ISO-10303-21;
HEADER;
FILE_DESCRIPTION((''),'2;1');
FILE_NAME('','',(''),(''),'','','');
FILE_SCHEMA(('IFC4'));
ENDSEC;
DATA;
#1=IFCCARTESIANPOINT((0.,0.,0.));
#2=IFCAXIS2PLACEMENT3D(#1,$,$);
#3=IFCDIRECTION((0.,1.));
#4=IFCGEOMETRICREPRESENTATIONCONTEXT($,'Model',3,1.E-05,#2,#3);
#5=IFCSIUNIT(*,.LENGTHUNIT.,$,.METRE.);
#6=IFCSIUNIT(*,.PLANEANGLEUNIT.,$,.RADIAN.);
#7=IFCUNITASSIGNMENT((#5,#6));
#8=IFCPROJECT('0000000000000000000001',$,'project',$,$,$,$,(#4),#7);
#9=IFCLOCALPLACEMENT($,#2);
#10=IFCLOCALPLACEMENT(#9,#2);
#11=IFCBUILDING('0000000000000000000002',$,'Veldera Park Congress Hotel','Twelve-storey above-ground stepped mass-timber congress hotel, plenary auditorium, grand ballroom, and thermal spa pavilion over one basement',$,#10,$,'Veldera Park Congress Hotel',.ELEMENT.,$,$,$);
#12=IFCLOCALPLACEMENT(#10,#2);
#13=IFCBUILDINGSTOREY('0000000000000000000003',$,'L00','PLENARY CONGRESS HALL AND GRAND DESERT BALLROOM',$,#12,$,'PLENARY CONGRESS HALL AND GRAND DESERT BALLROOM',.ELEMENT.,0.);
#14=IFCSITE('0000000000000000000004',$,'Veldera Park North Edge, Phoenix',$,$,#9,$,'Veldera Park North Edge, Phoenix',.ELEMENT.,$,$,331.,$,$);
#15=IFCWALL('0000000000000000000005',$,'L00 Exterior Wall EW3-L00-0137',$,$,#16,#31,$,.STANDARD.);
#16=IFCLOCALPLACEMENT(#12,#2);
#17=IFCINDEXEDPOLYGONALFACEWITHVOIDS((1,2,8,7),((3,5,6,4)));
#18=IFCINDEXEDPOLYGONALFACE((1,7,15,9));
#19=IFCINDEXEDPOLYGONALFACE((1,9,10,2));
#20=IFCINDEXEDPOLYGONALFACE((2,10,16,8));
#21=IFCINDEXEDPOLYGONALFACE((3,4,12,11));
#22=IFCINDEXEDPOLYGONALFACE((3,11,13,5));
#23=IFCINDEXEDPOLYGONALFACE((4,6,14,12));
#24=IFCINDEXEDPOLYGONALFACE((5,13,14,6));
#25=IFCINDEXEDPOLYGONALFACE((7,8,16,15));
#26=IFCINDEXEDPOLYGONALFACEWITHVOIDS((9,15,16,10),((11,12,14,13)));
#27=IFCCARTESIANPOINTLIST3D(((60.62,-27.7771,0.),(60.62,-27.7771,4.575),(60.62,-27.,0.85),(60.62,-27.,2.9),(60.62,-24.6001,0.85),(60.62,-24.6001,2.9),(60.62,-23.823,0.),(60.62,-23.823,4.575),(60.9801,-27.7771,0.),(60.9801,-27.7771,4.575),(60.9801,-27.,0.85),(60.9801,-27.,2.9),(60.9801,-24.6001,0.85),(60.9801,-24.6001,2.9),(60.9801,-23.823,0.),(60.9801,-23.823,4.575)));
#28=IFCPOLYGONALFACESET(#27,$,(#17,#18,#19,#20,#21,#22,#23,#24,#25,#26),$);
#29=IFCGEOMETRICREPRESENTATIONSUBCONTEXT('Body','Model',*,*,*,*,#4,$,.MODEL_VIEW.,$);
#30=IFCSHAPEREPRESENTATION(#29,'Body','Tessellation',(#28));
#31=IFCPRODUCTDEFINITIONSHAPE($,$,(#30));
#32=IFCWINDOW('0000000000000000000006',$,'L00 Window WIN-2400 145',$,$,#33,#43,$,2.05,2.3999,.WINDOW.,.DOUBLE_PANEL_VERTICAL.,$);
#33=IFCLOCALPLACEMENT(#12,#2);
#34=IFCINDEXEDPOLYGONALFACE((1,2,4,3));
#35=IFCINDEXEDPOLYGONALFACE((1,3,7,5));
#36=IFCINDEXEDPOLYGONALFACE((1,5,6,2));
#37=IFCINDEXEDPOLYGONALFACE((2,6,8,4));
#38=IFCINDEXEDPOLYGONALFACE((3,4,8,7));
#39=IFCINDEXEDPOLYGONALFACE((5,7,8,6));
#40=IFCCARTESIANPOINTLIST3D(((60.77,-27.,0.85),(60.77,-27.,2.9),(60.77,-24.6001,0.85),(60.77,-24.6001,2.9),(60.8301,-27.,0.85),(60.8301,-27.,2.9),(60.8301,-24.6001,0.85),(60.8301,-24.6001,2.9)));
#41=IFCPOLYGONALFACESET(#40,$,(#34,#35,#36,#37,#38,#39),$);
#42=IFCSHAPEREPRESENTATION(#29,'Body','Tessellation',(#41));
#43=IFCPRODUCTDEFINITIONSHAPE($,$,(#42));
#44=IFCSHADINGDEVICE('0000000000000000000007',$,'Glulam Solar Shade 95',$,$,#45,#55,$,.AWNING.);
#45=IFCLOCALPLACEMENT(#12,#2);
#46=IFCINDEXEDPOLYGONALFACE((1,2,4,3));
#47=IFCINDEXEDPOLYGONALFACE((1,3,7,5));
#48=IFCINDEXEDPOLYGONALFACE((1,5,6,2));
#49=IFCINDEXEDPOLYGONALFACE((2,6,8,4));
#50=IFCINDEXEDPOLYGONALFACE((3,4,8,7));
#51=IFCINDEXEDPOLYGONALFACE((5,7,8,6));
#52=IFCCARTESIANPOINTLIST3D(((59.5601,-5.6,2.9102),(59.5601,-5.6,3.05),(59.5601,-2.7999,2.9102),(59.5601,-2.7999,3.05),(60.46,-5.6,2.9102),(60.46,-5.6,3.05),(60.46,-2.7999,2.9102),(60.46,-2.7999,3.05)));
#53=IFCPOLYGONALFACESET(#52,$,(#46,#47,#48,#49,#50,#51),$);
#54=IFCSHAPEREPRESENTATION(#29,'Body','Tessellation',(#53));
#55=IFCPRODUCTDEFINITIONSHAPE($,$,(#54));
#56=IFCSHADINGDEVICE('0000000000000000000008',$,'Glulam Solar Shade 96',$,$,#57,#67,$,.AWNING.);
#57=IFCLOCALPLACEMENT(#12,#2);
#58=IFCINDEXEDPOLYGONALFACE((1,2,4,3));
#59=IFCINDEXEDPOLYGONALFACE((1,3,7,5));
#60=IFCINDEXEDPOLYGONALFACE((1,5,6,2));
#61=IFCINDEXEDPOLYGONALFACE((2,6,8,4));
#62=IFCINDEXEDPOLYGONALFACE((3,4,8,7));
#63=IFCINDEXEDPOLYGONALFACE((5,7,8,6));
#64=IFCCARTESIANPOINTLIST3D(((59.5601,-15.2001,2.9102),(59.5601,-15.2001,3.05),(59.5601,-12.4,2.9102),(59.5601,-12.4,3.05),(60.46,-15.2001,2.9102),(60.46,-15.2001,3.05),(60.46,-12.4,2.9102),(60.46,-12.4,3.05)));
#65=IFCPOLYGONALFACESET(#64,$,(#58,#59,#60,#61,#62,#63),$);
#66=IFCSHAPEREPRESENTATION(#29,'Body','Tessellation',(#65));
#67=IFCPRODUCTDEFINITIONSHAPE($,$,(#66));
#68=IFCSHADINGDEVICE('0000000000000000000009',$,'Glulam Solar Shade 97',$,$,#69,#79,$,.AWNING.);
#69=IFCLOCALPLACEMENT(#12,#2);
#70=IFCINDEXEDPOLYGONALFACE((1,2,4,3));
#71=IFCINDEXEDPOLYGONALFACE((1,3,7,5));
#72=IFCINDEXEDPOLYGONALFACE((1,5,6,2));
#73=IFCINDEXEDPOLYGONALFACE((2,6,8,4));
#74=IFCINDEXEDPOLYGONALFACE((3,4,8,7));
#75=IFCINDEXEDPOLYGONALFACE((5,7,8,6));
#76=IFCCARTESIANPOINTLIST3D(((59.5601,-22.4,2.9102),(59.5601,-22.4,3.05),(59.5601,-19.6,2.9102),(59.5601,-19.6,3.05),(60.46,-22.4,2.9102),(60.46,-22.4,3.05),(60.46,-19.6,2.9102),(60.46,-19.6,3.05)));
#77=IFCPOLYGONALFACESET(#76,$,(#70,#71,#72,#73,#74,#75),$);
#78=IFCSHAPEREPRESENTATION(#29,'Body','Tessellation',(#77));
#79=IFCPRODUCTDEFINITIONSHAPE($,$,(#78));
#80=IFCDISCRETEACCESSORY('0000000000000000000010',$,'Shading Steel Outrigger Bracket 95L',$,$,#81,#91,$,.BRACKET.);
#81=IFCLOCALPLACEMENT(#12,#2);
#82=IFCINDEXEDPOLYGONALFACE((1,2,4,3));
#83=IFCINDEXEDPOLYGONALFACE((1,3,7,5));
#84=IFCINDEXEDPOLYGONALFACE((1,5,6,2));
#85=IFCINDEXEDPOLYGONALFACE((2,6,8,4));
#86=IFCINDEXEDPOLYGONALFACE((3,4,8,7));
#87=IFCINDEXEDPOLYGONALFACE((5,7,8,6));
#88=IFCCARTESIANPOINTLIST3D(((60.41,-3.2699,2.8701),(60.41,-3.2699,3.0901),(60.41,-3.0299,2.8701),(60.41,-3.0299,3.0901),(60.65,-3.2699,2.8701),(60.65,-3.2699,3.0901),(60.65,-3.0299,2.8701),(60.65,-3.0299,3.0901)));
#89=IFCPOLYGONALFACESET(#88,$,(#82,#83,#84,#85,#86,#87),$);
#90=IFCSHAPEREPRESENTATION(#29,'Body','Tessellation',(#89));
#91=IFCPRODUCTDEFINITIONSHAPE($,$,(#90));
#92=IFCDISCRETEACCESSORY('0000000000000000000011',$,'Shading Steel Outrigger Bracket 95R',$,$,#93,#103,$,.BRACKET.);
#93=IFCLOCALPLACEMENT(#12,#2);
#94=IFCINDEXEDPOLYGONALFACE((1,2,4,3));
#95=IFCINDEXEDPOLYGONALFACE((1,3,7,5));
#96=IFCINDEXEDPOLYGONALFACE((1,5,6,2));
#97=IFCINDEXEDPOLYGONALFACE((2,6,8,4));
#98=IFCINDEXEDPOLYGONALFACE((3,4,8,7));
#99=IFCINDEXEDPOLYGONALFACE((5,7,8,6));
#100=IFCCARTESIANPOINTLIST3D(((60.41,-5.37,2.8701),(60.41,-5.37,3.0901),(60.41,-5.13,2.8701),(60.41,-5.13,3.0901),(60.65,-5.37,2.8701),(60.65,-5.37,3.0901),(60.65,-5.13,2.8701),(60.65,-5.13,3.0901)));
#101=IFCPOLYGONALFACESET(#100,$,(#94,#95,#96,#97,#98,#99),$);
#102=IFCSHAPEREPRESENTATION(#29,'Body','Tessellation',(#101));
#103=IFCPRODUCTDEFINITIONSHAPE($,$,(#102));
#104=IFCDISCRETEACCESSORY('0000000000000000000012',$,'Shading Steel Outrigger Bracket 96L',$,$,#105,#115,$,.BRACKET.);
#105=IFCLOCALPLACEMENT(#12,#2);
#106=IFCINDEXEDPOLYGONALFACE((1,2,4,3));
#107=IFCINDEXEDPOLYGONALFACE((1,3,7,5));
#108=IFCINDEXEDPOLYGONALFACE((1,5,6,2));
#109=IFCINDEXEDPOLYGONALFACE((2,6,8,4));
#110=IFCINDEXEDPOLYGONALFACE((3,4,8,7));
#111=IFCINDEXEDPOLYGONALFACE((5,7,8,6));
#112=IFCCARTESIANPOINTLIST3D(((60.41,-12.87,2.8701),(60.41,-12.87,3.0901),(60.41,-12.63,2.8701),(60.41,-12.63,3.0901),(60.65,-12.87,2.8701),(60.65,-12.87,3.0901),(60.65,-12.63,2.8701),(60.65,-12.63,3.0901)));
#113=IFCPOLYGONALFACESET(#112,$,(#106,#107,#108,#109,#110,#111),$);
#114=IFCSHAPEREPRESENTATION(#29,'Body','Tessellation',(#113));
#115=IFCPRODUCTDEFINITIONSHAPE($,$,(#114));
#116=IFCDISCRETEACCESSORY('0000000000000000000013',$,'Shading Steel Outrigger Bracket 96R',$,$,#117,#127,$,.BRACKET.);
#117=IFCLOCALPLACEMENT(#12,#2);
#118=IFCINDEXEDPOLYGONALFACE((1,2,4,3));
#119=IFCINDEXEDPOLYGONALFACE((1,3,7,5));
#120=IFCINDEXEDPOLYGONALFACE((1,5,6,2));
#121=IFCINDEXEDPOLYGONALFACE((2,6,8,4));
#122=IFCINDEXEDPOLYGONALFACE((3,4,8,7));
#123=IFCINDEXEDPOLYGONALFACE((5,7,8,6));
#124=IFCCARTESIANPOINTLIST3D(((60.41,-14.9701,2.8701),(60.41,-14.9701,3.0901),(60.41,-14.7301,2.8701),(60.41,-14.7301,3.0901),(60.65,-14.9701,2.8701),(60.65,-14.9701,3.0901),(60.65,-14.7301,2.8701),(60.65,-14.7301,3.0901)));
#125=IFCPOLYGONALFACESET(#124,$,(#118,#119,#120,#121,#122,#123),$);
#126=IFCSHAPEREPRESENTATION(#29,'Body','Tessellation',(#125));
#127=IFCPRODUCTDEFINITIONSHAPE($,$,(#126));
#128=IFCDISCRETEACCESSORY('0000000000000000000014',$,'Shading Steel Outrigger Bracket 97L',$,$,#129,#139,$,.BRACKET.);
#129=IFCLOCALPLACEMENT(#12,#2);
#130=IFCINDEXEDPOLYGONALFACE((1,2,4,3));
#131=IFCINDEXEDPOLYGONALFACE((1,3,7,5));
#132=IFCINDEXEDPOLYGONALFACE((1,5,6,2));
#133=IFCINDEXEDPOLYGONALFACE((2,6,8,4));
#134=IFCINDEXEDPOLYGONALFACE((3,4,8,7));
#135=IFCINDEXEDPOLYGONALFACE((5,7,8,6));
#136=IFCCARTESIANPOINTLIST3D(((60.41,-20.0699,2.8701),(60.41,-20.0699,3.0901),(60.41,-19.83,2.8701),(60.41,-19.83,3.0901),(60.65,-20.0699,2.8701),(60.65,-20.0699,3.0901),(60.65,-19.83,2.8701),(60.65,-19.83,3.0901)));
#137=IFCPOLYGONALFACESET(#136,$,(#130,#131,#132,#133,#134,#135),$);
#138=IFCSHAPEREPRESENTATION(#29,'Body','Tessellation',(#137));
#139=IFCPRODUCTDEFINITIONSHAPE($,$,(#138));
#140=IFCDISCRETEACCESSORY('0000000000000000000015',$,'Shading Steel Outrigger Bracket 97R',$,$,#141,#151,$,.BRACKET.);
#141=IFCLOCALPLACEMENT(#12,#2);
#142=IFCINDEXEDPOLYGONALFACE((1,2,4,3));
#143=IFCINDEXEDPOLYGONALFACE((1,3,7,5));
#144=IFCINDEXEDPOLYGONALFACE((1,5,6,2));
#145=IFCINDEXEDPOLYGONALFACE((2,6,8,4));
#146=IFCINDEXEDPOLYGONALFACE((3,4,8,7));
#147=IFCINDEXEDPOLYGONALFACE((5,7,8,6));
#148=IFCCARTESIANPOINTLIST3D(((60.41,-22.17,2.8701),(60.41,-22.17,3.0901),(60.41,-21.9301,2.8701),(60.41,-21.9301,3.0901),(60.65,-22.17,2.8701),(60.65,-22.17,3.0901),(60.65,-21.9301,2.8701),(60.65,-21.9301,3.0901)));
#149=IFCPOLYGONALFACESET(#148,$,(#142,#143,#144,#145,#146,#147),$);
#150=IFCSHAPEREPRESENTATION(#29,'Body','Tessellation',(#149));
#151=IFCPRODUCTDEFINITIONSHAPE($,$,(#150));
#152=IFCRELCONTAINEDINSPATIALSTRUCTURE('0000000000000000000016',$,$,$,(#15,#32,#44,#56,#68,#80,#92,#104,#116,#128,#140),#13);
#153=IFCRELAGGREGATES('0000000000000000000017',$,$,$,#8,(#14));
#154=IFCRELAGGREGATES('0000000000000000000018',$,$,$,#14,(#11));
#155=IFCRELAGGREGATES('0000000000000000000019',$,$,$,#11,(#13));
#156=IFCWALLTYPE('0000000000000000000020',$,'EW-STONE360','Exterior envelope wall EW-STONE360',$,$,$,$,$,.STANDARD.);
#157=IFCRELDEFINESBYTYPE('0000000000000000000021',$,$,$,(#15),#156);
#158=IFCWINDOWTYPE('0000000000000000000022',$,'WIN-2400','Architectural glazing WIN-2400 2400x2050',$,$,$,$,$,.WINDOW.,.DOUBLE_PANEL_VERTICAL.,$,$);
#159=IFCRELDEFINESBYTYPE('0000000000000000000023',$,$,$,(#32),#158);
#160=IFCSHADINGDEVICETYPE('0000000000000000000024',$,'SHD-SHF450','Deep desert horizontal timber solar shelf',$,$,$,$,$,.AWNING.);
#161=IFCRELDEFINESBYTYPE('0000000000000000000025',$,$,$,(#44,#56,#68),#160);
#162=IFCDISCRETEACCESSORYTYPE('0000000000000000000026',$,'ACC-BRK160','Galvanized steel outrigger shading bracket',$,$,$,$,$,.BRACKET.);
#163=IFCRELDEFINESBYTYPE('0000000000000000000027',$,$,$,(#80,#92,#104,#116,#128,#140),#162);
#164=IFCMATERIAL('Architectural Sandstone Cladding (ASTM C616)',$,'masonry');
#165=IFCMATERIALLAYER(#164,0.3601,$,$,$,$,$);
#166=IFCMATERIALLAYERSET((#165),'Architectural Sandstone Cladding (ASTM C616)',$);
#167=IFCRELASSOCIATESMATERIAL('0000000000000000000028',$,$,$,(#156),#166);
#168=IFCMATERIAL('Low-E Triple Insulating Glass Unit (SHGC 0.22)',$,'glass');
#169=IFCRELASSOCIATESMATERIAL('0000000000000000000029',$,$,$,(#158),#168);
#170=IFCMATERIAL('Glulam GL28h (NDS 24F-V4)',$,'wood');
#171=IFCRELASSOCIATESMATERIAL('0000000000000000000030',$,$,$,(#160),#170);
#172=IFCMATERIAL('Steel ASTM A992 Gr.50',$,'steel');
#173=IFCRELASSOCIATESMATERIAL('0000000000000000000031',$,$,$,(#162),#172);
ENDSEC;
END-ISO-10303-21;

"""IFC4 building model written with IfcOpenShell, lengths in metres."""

from ifc_helpers import new_model, si_unit, direction, frame, frame_2d, origin, origin_2d, place, context, subcontext, project, spatial, rectangle, extrude, material, layer, layer_set, type_object, element, fill, save


model = new_model("IFC4")

# Units and contexts
model_context = context("Model", 3, precision=1e-05, world=origin(), true_north=direction((0.0, 1.0)))
body_context = subcontext(model_context, "Body", "Model", "MODEL_VIEW")
ifc_project = project(units=[si_unit("LENGTHUNIT", "METRE"), si_unit("PLANEANGLEUNIT", "RADIAN")], contexts=[model_context])

# Site, building, storey
site_placement = place(None, origin())
site = spatial("IfcSite", under=ifc_project, at=site_placement, Name="Veldera Park North Edge, Phoenix", LongName="Veldera Park North Edge, Phoenix", CompositionType="ELEMENT", RefElevation=331.0)
building_placement = place(site_placement, origin())
building = spatial("IfcBuilding", under=site, at=building_placement, Name="Veldera Park Congress Hotel", Description="Twelve-storey above-ground stepped mass-timber congress hotel, plenary auditorium, grand ballroom, and thermal spa pavilion over one basement", LongName="Veldera Park Congress Hotel", CompositionType="ELEMENT")
storey_placement = place(building_placement, origin())
storey = spatial("IfcBuildingStorey", under=building, at=storey_placement, Name="L00", Description="PLENARY CONGRESS HALL AND GRAND DESERT BALLROOM", LongName="PLENARY CONGRESS HALL AND GRAND DESERT BALLROOM", CompositionType="ELEMENT", Elevation=0.0)

# Shared definitions
ifc_material_1 = material(Name="Glulam GL28h (NDS 24F-V4)", Category="wood")

# Wall, opening, window
ifc_material_2 = material(Name="Architectural Sandstone Cladding (ASTM C616)", Category="masonry")
ifc_layer = layer(ifc_material_2, 0.3601)
ifc_layer_set = layer_set([ifc_layer], Name="Architectural Sandstone Cladding (ASTM C616)")
wall_type = type_object("IfcWallType", Name="EW-STONE360", Description="Exterior envelope wall EW-STONE360", PredefinedType="STANDARD", material=ifc_layer_set)
ifc_material_3 = material(Name="Low-E Triple Insulating Glass Unit (SHGC 0.22)", Category="glass")
window_type = type_object("IfcWindowType", Name="WIN-2400", Description="Architectural glazing WIN-2400 2400x2050", PartitioningType="DOUBLE_PANEL_VERTICAL", PredefinedType="WINDOW", material=ifc_material_3)
wall_1_placement = place(storey_placement, frame((60.8, -23.823, 0.0), z_axis=(0.0, 0.0, 1.0), x_axis=(0.0, -1.0, 0.0)))
wall_1 = element("IfcWall", 1, at=wall_1_placement, inside=storey, type_object=wall_type, Name="L00 Exterior Wall EW3-L00-0137", PredefinedType="STANDARD", context=body_context, shape_type="SweptSolid", body=[
    extrude(rectangle(XDim=3.9541, YDim=0.3601, at=frame_2d((1.9771, 0.0))), origin(), (0.0, 0.0, 1.0), 4.575),
])
opening_1_placement = place(wall_1_placement, frame((0.7771, 0.0, 0.8501)))
opening_1 = element("IfcOpeningElement", 2, at=opening_1_placement, cuts=wall_1, PredefinedType="OPENING", context=body_context, shape_type="SweptSolid", body=[
    extrude(rectangle(XDim=2.3999, YDim=2.05, at=frame_2d((1.2, 1.0249))), frame((0.0, 0.1921, 0.0), z_axis=(0.0, -1.0, 0.0), x_axis=(1.0, 0.0, 0.0)), (0.0, 0.0, 1.0), 0.384),
])
window_1_placement = place(opening_1_placement, origin())
window_1 = element("IfcWindow", 3, at=window_1_placement, inside=storey, type_object=window_type, Name="L00 Window WIN-2400 145", OverallHeight=2.05, OverallWidth=2.3999, PartitioningType="DOUBLE_PANEL_VERTICAL", PredefinedType="WINDOW", context=body_context, shape_type="SweptSolid", body=[
    extrude(rectangle(XDim=2.3999, YDim=2.05, at=frame_2d((1.2, 1.0249))), frame((0.0, 0.03, 0.0), z_axis=(0.0, -1.0, 0.0), x_axis=(1.0, 0.0, 0.0)), (0.0, 0.0, 1.0), 0.0601),
])
fill(opening_1, window_1)

# Shading devices
shading_device_type = type_object("IfcShadingDeviceType", Name="SHD-SHF450", Description="Deep desert horizontal timber solar shelf", PredefinedType="AWNING", material=ifc_material_1)
for number, where, z_axis, x_axis, name in (
    (4, (60.01, -4.2, 2.9102), (0.0, 0.0, 1.0), (0.0, -1.0, 0.0), "Glulam Solar Shade 95"),
    (5, (60.01, -13.8, 2.9102), (0.0, 0.0, 1.0), (0.0, -1.0, 0.0), "Glulam Solar Shade 96"),
    (6, (60.01, -21.0, 2.9102), (0.0, 0.0, 1.0), (0.0, -1.0, 0.0), "Glulam Solar Shade 97"),
):
    element("IfcShadingDevice", number, at=place(storey_placement, frame(where, z_axis=z_axis, x_axis=x_axis)), inside=storey, type_object=shading_device_type, Name=name, PredefinedType="AWNING", context=body_context, shape_type="SweptSolid", body=[
        extrude(rectangle(XDim=2.8, YDim=0.8999, at=origin_2d()), origin(), (0.0, 0.0, 1.0), 0.1399),
    ])

# Discrete accessories
ifc_material_4 = material(Name="Steel ASTM A992 Gr.50", Category="steel")
discrete_accessory_type = type_object("IfcDiscreteAccessoryType", Name="ACC-BRK160", Description="Galvanized steel outrigger shading bracket", PredefinedType="BRACKET", material=ifc_material_4)
for number, where, z_axis, x_axis, name in (
    (7, (60.53, -3.1499, 2.8701), (0.0, 0.0, 1.0), (0.0, -1.0, 0.0), "Shading Steel Outrigger Bracket 95L"),
    (8, (60.53, -5.25, 2.8701), (0.0, 0.0, 1.0), (0.0, -1.0, 0.0), "Shading Steel Outrigger Bracket 95R"),
    (9, (60.53, -12.75, 2.8701), (0.0, 0.0, 1.0), (0.0, -1.0, 0.0), "Shading Steel Outrigger Bracket 96L"),
    (10, (60.53, -14.8501, 2.8701), (0.0, 0.0, 1.0), (0.0, -1.0, 0.0), "Shading Steel Outrigger Bracket 96R"),
    (11, (60.53, -19.95, 2.8701), (0.0, 0.0, 1.0), (0.0, -1.0, 0.0), "Shading Steel Outrigger Bracket 97L"),
    (12, (60.53, -22.05, 2.8701), (0.0, 0.0, 1.0), (0.0, -1.0, 0.0), "Shading Steel Outrigger Bracket 97R"),
):
    element("IfcDiscreteAccessory", number, at=place(storey_placement, frame(where, z_axis=z_axis, x_axis=x_axis)), inside=storey, type_object=discrete_accessory_type, Name=name, PredefinedType="BRACKET", context=body_context, shape_type="SweptSolid", body=[
        extrude(rectangle(XDim=0.24, YDim=0.24, at=origin_2d()), origin(), (0.0, 0.0, 1.0), 0.22),
    ])

save(model, "model.ifc")
